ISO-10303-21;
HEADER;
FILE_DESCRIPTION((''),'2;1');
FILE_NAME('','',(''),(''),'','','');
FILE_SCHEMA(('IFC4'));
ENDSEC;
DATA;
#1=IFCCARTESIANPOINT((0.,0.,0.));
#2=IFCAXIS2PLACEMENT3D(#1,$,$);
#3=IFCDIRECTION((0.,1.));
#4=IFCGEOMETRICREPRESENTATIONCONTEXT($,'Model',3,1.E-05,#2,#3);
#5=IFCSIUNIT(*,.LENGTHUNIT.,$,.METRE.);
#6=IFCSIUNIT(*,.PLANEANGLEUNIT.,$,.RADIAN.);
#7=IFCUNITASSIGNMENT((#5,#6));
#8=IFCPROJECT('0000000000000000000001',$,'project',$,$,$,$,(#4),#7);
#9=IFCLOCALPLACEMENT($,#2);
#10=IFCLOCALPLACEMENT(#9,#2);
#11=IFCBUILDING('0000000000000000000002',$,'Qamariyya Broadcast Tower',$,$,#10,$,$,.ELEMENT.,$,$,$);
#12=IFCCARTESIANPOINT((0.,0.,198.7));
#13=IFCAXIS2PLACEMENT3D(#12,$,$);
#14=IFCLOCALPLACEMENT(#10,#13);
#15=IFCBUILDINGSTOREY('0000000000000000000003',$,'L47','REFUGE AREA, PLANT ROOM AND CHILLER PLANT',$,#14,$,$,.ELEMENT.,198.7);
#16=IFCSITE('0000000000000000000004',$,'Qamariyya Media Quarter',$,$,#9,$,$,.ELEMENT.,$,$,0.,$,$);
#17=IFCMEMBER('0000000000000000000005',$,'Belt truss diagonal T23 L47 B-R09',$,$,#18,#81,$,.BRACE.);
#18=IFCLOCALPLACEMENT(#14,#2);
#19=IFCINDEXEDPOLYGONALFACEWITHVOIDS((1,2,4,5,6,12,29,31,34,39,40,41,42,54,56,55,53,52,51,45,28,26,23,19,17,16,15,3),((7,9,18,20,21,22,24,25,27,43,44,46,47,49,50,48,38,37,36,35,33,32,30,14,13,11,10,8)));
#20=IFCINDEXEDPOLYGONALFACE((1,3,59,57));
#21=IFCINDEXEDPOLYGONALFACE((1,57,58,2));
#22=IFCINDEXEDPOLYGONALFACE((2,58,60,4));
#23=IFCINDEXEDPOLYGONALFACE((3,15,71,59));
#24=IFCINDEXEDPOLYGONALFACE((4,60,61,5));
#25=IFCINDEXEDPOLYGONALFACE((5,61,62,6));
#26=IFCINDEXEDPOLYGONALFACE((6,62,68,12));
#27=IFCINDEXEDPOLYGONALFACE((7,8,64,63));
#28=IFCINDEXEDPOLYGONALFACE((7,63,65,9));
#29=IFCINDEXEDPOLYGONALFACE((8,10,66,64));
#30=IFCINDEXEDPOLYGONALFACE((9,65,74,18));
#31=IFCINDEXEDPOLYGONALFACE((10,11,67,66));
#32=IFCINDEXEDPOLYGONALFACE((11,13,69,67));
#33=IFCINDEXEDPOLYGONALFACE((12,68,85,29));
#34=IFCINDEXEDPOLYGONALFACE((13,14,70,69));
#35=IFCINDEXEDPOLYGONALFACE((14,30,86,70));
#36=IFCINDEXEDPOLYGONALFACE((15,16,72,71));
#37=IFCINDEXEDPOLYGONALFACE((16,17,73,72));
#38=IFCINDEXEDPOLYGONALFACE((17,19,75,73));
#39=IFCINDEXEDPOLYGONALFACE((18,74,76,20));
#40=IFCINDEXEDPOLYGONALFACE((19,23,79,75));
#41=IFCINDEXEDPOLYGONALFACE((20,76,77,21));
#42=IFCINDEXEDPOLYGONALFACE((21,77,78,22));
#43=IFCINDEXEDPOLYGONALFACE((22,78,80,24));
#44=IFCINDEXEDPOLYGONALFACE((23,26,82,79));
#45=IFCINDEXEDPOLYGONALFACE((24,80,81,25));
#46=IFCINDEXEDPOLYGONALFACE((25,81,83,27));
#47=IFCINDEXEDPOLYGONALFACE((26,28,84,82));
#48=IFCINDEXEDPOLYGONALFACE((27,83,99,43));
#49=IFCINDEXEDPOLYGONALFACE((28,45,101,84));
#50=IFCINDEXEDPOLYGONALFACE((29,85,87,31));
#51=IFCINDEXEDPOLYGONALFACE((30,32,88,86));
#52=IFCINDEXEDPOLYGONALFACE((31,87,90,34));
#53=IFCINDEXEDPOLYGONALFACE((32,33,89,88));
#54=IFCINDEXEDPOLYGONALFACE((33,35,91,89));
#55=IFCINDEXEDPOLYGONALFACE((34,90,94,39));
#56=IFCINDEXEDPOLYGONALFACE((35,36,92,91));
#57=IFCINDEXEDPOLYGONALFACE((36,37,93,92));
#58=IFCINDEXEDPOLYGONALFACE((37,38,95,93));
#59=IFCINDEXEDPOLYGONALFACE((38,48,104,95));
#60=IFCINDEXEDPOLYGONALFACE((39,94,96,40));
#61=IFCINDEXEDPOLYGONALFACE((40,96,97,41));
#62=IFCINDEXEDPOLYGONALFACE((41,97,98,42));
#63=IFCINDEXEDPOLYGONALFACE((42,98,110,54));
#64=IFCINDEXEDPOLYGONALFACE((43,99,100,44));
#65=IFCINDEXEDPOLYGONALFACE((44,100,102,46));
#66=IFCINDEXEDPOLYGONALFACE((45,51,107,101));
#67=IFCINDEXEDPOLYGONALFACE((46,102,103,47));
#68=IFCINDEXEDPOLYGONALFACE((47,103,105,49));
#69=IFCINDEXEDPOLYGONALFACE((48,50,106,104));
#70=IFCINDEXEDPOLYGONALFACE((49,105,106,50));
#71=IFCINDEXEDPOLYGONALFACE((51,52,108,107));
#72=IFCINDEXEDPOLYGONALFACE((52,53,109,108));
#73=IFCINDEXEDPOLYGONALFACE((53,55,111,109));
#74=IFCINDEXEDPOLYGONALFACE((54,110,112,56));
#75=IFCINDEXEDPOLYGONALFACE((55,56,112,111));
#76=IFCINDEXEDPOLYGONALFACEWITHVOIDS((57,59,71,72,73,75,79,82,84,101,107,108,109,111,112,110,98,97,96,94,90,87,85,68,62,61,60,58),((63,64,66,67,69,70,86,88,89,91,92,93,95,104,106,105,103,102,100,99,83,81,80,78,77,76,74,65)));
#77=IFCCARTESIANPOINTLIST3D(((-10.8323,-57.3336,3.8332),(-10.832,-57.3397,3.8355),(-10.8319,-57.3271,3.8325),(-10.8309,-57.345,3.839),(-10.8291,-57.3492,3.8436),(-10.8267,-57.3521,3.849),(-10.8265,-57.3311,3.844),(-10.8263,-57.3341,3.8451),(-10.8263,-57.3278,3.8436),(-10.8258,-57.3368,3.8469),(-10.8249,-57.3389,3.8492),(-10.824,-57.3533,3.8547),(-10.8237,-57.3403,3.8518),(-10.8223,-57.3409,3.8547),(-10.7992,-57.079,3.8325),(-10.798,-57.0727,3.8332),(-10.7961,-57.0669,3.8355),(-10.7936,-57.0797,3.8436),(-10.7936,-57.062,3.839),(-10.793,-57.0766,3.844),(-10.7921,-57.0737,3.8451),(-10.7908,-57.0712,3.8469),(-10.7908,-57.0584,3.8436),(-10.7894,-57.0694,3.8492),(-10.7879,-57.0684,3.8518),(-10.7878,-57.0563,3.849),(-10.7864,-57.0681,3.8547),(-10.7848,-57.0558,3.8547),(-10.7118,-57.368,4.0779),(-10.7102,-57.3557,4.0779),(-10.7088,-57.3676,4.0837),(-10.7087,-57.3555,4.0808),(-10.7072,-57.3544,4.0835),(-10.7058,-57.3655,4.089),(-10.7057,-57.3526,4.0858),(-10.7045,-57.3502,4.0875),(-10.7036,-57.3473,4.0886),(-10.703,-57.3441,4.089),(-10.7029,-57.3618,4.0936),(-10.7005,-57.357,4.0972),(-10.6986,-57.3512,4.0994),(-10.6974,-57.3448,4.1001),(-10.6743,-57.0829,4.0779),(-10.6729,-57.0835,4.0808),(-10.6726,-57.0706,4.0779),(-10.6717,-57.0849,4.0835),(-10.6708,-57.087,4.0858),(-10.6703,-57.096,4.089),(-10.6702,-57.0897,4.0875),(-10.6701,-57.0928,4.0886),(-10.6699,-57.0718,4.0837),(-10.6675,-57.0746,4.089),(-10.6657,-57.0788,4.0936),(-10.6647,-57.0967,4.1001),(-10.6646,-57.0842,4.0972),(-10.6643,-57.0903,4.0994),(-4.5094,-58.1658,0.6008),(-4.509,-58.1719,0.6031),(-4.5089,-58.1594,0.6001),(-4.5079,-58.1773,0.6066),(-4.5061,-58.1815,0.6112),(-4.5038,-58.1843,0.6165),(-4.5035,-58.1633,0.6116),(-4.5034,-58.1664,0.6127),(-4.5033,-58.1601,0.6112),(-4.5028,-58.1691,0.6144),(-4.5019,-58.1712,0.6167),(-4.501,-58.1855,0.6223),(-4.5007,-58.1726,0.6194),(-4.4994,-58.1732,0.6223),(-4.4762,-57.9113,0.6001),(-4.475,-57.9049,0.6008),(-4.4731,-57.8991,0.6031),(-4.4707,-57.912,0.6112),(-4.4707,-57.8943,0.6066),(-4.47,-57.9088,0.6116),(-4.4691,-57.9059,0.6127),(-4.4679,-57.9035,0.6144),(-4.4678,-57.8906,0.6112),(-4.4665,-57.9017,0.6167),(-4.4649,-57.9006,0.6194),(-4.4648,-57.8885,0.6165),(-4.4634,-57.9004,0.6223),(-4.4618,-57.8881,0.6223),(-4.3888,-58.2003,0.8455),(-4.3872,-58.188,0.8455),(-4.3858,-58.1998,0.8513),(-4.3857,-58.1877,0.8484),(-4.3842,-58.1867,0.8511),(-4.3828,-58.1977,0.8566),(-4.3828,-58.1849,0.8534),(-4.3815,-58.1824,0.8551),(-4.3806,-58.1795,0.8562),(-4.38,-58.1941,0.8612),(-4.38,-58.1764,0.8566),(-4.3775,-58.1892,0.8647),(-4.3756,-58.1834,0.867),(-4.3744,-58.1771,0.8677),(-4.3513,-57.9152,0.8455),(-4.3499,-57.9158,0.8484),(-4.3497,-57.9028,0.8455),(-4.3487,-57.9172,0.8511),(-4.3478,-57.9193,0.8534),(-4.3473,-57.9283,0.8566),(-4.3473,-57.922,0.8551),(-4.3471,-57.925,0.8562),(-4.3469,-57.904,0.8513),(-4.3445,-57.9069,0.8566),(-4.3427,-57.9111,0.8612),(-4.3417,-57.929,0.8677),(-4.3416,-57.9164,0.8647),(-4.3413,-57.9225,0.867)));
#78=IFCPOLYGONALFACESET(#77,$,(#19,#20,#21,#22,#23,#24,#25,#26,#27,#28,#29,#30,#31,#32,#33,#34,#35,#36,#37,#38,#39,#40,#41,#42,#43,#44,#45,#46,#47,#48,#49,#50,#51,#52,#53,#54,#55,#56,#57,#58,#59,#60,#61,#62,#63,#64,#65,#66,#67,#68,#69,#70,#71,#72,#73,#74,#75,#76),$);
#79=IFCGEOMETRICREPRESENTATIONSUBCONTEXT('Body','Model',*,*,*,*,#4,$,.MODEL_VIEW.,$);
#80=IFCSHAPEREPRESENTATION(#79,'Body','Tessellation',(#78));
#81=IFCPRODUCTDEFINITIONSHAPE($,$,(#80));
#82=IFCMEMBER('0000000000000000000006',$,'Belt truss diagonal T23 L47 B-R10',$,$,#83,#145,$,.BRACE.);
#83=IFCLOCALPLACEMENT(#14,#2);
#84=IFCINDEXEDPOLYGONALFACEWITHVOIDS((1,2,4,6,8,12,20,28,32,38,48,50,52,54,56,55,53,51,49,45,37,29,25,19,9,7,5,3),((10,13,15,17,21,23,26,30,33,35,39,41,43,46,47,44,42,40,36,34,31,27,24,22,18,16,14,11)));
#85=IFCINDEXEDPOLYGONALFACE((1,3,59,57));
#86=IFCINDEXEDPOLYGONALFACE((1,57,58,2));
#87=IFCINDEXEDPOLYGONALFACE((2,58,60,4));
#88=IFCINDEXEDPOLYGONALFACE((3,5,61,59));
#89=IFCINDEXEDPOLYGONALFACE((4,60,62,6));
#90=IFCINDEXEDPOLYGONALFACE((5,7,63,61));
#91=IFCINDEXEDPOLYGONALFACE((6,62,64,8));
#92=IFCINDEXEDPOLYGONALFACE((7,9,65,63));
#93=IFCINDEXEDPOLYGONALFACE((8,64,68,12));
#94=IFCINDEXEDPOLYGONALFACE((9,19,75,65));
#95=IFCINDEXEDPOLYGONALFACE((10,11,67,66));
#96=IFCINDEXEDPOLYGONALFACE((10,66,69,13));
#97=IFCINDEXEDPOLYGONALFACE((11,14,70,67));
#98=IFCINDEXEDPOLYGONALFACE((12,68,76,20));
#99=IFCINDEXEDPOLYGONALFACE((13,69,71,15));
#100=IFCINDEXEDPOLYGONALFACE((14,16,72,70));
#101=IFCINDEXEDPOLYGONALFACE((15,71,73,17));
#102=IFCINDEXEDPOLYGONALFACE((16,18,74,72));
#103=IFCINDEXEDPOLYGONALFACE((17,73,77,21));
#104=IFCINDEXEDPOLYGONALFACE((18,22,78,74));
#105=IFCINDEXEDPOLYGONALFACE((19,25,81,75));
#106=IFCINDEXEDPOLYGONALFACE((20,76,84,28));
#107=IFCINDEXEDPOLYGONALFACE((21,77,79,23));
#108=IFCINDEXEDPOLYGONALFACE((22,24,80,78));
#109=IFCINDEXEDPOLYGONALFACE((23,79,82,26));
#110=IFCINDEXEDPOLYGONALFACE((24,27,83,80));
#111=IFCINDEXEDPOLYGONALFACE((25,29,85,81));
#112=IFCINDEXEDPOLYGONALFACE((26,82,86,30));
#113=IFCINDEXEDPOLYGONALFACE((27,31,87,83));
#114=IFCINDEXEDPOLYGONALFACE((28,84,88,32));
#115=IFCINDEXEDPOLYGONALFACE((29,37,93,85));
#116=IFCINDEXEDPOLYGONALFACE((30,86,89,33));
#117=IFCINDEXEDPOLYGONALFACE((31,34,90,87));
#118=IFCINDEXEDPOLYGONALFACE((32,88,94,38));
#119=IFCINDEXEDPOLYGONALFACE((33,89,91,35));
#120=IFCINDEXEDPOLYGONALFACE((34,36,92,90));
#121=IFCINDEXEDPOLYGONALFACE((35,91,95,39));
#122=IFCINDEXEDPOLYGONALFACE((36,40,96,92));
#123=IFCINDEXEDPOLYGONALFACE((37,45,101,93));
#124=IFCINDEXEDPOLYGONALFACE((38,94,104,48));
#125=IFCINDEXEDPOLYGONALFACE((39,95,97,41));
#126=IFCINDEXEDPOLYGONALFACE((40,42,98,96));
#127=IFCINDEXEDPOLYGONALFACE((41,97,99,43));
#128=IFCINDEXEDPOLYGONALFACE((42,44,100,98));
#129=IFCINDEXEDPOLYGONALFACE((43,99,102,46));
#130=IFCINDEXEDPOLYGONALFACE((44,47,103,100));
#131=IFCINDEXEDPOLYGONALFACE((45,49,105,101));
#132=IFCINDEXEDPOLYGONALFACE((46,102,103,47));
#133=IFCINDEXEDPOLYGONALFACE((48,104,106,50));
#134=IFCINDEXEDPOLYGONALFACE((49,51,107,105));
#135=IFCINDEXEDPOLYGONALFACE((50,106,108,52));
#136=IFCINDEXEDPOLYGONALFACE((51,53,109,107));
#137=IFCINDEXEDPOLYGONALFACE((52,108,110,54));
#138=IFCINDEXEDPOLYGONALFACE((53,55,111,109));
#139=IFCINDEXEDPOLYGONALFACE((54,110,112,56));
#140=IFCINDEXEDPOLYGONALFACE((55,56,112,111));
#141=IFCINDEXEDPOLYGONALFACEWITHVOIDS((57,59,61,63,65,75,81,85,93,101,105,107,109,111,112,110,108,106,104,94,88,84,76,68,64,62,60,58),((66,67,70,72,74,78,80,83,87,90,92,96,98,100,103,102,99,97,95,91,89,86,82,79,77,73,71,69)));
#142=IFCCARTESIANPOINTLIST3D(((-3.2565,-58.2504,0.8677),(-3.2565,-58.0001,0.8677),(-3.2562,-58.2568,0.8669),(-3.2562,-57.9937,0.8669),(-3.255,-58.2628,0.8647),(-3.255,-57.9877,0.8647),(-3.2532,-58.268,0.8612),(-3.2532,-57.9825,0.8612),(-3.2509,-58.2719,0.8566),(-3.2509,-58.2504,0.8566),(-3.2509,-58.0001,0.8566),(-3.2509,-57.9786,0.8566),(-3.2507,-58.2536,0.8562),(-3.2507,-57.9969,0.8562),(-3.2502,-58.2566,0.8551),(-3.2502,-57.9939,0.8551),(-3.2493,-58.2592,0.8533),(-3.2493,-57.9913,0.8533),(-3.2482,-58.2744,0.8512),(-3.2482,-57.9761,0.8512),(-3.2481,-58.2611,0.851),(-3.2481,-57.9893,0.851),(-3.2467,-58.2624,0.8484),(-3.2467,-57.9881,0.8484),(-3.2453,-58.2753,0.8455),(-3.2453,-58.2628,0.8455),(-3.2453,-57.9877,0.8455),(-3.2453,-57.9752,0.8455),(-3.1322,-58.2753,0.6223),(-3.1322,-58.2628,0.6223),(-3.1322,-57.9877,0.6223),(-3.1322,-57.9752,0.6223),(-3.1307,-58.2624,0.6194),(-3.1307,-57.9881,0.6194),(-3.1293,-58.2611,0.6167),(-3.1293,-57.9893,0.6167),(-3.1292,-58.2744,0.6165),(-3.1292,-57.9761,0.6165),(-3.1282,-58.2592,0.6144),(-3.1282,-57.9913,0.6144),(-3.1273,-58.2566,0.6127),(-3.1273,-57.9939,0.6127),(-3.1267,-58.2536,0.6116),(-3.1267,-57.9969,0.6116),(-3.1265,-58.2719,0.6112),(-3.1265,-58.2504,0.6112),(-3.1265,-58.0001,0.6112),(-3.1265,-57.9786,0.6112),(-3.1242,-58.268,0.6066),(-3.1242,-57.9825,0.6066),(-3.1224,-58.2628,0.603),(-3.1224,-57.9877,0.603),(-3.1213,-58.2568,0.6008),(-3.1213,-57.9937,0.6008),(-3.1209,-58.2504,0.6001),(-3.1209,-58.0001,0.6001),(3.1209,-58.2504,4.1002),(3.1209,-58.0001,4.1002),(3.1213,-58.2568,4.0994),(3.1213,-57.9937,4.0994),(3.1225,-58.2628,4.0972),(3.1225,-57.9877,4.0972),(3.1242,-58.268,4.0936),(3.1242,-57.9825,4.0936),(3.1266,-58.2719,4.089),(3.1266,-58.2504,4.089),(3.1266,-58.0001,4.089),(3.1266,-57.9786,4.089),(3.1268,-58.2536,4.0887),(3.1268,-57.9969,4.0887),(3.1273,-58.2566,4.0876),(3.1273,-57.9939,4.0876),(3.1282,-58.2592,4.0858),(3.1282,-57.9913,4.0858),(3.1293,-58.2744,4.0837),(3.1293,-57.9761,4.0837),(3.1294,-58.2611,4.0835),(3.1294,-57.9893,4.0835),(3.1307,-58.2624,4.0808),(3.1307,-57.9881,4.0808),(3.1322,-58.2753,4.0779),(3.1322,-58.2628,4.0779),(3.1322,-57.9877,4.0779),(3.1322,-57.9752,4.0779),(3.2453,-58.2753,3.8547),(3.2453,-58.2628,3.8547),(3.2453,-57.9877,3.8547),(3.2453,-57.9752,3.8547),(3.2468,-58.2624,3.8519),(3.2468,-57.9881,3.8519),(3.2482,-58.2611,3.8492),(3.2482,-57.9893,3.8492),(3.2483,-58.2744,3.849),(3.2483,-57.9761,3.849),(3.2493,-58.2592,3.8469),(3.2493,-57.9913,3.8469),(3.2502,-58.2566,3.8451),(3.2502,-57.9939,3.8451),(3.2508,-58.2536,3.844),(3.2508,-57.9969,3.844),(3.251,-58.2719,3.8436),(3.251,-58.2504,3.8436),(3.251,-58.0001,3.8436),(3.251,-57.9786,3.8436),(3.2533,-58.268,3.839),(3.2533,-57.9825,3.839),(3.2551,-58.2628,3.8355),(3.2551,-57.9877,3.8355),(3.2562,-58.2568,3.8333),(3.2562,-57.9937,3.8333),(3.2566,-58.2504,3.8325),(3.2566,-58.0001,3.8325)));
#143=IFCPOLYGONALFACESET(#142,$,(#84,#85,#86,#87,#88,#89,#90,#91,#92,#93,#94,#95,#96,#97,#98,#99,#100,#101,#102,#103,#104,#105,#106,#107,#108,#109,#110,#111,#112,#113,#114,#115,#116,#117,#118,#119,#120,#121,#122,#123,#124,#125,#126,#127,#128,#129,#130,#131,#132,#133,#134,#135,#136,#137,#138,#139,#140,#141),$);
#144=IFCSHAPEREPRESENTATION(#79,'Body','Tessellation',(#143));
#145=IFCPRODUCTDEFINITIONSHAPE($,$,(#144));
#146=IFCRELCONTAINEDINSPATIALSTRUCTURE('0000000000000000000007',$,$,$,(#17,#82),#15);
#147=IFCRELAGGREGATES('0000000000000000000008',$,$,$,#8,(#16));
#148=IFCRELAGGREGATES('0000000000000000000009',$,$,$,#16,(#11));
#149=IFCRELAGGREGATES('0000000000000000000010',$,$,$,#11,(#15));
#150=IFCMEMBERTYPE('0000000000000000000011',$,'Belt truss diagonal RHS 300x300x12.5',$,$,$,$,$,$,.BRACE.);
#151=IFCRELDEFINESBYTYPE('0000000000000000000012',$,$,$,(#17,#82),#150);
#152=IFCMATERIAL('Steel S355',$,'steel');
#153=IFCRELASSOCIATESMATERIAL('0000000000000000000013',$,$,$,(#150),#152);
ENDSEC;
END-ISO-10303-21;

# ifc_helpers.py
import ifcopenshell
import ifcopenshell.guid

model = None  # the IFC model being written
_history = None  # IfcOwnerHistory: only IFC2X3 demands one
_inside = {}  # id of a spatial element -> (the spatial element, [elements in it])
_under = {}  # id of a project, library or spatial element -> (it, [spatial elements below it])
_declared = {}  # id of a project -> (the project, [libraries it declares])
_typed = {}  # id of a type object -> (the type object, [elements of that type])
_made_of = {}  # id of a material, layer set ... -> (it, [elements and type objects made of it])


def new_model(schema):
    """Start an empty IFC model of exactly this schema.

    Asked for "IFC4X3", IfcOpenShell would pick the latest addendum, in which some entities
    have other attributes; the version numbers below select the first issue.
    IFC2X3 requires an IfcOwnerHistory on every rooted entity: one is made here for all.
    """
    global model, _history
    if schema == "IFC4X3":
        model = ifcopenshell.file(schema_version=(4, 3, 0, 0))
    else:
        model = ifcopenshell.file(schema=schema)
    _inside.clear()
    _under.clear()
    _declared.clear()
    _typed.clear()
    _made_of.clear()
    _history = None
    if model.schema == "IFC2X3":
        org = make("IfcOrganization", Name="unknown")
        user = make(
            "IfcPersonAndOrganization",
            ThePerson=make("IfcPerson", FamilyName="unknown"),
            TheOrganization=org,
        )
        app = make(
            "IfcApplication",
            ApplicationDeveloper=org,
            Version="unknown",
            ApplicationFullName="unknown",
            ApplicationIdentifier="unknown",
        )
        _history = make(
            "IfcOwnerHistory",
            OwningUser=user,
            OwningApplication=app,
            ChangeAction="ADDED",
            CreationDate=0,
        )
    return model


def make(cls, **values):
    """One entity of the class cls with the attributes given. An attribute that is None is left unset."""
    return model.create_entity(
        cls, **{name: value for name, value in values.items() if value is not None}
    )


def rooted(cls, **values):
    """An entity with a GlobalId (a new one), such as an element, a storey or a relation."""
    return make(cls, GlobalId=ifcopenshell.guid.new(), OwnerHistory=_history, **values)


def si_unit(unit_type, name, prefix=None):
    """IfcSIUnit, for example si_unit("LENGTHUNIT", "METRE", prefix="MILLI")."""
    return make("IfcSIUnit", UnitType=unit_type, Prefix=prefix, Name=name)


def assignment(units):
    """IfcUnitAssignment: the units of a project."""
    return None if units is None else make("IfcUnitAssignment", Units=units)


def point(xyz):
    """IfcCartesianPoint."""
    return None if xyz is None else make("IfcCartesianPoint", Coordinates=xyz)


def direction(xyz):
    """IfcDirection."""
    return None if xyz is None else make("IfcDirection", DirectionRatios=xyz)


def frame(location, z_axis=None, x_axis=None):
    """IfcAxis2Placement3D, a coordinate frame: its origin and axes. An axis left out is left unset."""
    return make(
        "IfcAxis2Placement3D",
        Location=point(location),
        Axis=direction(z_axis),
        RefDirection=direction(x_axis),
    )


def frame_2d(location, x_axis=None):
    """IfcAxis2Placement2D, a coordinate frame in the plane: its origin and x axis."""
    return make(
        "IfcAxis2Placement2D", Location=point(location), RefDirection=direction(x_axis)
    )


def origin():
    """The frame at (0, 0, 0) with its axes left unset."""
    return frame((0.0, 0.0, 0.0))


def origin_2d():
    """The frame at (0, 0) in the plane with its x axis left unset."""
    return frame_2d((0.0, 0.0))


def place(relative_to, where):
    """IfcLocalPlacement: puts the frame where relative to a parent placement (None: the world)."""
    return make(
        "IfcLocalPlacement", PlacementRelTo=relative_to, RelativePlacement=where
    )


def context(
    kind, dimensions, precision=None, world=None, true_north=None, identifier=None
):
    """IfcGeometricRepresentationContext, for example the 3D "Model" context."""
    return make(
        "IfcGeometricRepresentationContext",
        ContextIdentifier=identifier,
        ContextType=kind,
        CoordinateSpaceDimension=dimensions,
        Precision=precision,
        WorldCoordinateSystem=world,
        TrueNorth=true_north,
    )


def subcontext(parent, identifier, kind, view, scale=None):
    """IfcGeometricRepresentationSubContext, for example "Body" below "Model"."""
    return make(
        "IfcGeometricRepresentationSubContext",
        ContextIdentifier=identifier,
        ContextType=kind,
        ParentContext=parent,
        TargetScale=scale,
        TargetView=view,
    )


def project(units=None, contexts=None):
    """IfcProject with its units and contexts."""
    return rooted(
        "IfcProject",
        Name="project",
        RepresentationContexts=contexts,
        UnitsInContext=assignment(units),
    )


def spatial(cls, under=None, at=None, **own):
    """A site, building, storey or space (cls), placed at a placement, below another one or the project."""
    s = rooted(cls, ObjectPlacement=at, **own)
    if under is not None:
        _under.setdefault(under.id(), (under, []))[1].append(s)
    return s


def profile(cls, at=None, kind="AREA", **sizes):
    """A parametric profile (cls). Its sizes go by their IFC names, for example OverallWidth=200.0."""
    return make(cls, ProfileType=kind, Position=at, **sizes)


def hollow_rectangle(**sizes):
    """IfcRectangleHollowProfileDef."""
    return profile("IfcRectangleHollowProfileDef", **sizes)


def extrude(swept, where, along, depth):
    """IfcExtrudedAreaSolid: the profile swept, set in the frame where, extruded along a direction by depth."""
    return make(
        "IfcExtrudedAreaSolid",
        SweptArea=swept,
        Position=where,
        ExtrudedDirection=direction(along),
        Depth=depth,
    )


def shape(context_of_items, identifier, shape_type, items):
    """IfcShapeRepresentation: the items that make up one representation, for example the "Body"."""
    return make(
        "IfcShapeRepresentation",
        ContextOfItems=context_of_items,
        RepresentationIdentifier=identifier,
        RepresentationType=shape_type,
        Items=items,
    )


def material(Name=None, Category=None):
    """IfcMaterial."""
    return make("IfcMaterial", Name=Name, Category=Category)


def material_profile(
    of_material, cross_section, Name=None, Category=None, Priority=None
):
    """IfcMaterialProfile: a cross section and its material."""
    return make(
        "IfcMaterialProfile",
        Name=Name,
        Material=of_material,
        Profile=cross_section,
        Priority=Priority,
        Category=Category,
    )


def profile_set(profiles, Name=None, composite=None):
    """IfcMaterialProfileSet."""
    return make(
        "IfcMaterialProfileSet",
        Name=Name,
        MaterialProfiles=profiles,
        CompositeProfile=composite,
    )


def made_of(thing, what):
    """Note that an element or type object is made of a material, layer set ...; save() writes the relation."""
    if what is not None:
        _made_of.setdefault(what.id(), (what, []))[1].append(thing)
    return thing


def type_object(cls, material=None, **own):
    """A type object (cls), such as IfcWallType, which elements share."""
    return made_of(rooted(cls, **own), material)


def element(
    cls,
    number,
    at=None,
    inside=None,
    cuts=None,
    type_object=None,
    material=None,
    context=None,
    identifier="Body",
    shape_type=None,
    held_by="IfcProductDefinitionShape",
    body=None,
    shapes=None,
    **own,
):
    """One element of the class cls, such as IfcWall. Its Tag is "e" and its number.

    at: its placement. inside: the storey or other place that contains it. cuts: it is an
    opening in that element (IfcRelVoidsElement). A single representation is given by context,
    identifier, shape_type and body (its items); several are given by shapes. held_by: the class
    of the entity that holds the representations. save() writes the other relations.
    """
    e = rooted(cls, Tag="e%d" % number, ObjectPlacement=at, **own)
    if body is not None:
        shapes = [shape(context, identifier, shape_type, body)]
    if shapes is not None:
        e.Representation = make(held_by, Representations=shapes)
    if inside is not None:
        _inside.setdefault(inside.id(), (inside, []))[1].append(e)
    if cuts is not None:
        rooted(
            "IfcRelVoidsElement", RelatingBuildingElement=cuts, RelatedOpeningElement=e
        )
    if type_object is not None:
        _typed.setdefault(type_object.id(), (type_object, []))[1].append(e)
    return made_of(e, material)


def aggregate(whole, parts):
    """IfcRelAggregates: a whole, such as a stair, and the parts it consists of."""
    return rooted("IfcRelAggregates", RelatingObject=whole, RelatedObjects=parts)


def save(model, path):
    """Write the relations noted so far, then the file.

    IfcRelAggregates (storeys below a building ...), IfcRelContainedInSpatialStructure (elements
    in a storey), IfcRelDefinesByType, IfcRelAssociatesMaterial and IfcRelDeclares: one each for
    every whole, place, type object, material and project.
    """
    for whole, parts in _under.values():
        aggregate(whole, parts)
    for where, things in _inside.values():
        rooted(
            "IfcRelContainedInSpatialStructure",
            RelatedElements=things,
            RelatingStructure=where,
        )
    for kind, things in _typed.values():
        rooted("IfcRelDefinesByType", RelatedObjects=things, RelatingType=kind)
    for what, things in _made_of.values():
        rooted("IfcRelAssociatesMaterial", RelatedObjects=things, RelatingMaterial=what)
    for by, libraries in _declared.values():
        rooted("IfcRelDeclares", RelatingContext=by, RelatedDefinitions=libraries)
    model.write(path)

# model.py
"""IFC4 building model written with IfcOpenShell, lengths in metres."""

from ifc_helpers import new_model, si_unit, direction, frame, origin, origin_2d, place, context, subcontext, project, spatial, hollow_rectangle, extrude, material, material_profile, profile_set, type_object, element, save


model = new_model("IFC4")

# Units and contexts
model_context = context("Model", 3, precision=1e-05, world=origin(), true_north=direction((0.0, 1.0)))
body_context = subcontext(model_context, "Body", "Model", "MODEL_VIEW")
ifc_project = project(units=[si_unit("LENGTHUNIT", "METRE"), si_unit("PLANEANGLEUNIT", "RADIAN")], contexts=[model_context])

# Site, building, storey
site_placement = place(None, origin())
site = spatial("IfcSite", under=ifc_project, at=site_placement, Name="Qamariyya Media Quarter", CompositionType="ELEMENT", RefElevation=0.0)
building_placement = place(site_placement, origin())
building = spatial("IfcBuilding", under=site, at=building_placement, Name="Qamariyya Broadcast Tower", CompositionType="ELEMENT")
storey_placement = place(building_placement, frame((0.0, 0.0, 198.7)))
storey = spatial("IfcBuildingStorey", under=building, at=storey_placement, Name="L47", Description="REFUGE AREA, PLANT ROOM AND CHILLER PLANT", CompositionType="ELEMENT", Elevation=198.7)

# Members
ifc_material_1 = material(Name="Steel S355", Category="steel")
ifc_material_profile_1 = material_profile(ifc_material_1, hollow_rectangle(XDim=0.3, YDim=0.3, WallThickness=0.0125, InnerFilletRadius=0.0125, OuterFilletRadius=0.0249, at=origin_2d()))
ifc_profile_set_1 = profile_set([ifc_material_profile_1], Name="Steel S355")
member_type_1 = type_object("IfcMemberType", Name="Belt truss diagonal RHS 300x300x12.5", PredefinedType="BRACE", material=ifc_profile_set_1)
for number, where, z_axis, x_axis, name in (
    (1, (-10.7483, -57.2119, 3.9663), (0.884344, -0.116403, -0.452091), (0.130501, 0.991448, 0.0), "Belt truss diagonal T23 L47 B-R09"),
    (2, (-3.1887, -58.1252, 0.7339), (0.891969, 0.0, 0.452097), (0.0, 1.0, 0.0), "Belt truss diagonal T23 L47 B-R10"),
):
    element("IfcMember", number, at=place(storey_placement, frame(where, z_axis=z_axis, x_axis=x_axis)), inside=storey, type_object=member_type_1, Name=name, PredefinedType="BRACE", context=body_context, shape_type="SweptSolid", body=[
        extrude(hollow_rectangle(XDim=0.3, YDim=0.3, WallThickness=0.0125, InnerFilletRadius=0.0125, OuterFilletRadius=0.0249, at=origin_2d()), origin(), (0.0, 0.0, 1.0), 7.1499),
    ])

save(model, "model.ifc")
